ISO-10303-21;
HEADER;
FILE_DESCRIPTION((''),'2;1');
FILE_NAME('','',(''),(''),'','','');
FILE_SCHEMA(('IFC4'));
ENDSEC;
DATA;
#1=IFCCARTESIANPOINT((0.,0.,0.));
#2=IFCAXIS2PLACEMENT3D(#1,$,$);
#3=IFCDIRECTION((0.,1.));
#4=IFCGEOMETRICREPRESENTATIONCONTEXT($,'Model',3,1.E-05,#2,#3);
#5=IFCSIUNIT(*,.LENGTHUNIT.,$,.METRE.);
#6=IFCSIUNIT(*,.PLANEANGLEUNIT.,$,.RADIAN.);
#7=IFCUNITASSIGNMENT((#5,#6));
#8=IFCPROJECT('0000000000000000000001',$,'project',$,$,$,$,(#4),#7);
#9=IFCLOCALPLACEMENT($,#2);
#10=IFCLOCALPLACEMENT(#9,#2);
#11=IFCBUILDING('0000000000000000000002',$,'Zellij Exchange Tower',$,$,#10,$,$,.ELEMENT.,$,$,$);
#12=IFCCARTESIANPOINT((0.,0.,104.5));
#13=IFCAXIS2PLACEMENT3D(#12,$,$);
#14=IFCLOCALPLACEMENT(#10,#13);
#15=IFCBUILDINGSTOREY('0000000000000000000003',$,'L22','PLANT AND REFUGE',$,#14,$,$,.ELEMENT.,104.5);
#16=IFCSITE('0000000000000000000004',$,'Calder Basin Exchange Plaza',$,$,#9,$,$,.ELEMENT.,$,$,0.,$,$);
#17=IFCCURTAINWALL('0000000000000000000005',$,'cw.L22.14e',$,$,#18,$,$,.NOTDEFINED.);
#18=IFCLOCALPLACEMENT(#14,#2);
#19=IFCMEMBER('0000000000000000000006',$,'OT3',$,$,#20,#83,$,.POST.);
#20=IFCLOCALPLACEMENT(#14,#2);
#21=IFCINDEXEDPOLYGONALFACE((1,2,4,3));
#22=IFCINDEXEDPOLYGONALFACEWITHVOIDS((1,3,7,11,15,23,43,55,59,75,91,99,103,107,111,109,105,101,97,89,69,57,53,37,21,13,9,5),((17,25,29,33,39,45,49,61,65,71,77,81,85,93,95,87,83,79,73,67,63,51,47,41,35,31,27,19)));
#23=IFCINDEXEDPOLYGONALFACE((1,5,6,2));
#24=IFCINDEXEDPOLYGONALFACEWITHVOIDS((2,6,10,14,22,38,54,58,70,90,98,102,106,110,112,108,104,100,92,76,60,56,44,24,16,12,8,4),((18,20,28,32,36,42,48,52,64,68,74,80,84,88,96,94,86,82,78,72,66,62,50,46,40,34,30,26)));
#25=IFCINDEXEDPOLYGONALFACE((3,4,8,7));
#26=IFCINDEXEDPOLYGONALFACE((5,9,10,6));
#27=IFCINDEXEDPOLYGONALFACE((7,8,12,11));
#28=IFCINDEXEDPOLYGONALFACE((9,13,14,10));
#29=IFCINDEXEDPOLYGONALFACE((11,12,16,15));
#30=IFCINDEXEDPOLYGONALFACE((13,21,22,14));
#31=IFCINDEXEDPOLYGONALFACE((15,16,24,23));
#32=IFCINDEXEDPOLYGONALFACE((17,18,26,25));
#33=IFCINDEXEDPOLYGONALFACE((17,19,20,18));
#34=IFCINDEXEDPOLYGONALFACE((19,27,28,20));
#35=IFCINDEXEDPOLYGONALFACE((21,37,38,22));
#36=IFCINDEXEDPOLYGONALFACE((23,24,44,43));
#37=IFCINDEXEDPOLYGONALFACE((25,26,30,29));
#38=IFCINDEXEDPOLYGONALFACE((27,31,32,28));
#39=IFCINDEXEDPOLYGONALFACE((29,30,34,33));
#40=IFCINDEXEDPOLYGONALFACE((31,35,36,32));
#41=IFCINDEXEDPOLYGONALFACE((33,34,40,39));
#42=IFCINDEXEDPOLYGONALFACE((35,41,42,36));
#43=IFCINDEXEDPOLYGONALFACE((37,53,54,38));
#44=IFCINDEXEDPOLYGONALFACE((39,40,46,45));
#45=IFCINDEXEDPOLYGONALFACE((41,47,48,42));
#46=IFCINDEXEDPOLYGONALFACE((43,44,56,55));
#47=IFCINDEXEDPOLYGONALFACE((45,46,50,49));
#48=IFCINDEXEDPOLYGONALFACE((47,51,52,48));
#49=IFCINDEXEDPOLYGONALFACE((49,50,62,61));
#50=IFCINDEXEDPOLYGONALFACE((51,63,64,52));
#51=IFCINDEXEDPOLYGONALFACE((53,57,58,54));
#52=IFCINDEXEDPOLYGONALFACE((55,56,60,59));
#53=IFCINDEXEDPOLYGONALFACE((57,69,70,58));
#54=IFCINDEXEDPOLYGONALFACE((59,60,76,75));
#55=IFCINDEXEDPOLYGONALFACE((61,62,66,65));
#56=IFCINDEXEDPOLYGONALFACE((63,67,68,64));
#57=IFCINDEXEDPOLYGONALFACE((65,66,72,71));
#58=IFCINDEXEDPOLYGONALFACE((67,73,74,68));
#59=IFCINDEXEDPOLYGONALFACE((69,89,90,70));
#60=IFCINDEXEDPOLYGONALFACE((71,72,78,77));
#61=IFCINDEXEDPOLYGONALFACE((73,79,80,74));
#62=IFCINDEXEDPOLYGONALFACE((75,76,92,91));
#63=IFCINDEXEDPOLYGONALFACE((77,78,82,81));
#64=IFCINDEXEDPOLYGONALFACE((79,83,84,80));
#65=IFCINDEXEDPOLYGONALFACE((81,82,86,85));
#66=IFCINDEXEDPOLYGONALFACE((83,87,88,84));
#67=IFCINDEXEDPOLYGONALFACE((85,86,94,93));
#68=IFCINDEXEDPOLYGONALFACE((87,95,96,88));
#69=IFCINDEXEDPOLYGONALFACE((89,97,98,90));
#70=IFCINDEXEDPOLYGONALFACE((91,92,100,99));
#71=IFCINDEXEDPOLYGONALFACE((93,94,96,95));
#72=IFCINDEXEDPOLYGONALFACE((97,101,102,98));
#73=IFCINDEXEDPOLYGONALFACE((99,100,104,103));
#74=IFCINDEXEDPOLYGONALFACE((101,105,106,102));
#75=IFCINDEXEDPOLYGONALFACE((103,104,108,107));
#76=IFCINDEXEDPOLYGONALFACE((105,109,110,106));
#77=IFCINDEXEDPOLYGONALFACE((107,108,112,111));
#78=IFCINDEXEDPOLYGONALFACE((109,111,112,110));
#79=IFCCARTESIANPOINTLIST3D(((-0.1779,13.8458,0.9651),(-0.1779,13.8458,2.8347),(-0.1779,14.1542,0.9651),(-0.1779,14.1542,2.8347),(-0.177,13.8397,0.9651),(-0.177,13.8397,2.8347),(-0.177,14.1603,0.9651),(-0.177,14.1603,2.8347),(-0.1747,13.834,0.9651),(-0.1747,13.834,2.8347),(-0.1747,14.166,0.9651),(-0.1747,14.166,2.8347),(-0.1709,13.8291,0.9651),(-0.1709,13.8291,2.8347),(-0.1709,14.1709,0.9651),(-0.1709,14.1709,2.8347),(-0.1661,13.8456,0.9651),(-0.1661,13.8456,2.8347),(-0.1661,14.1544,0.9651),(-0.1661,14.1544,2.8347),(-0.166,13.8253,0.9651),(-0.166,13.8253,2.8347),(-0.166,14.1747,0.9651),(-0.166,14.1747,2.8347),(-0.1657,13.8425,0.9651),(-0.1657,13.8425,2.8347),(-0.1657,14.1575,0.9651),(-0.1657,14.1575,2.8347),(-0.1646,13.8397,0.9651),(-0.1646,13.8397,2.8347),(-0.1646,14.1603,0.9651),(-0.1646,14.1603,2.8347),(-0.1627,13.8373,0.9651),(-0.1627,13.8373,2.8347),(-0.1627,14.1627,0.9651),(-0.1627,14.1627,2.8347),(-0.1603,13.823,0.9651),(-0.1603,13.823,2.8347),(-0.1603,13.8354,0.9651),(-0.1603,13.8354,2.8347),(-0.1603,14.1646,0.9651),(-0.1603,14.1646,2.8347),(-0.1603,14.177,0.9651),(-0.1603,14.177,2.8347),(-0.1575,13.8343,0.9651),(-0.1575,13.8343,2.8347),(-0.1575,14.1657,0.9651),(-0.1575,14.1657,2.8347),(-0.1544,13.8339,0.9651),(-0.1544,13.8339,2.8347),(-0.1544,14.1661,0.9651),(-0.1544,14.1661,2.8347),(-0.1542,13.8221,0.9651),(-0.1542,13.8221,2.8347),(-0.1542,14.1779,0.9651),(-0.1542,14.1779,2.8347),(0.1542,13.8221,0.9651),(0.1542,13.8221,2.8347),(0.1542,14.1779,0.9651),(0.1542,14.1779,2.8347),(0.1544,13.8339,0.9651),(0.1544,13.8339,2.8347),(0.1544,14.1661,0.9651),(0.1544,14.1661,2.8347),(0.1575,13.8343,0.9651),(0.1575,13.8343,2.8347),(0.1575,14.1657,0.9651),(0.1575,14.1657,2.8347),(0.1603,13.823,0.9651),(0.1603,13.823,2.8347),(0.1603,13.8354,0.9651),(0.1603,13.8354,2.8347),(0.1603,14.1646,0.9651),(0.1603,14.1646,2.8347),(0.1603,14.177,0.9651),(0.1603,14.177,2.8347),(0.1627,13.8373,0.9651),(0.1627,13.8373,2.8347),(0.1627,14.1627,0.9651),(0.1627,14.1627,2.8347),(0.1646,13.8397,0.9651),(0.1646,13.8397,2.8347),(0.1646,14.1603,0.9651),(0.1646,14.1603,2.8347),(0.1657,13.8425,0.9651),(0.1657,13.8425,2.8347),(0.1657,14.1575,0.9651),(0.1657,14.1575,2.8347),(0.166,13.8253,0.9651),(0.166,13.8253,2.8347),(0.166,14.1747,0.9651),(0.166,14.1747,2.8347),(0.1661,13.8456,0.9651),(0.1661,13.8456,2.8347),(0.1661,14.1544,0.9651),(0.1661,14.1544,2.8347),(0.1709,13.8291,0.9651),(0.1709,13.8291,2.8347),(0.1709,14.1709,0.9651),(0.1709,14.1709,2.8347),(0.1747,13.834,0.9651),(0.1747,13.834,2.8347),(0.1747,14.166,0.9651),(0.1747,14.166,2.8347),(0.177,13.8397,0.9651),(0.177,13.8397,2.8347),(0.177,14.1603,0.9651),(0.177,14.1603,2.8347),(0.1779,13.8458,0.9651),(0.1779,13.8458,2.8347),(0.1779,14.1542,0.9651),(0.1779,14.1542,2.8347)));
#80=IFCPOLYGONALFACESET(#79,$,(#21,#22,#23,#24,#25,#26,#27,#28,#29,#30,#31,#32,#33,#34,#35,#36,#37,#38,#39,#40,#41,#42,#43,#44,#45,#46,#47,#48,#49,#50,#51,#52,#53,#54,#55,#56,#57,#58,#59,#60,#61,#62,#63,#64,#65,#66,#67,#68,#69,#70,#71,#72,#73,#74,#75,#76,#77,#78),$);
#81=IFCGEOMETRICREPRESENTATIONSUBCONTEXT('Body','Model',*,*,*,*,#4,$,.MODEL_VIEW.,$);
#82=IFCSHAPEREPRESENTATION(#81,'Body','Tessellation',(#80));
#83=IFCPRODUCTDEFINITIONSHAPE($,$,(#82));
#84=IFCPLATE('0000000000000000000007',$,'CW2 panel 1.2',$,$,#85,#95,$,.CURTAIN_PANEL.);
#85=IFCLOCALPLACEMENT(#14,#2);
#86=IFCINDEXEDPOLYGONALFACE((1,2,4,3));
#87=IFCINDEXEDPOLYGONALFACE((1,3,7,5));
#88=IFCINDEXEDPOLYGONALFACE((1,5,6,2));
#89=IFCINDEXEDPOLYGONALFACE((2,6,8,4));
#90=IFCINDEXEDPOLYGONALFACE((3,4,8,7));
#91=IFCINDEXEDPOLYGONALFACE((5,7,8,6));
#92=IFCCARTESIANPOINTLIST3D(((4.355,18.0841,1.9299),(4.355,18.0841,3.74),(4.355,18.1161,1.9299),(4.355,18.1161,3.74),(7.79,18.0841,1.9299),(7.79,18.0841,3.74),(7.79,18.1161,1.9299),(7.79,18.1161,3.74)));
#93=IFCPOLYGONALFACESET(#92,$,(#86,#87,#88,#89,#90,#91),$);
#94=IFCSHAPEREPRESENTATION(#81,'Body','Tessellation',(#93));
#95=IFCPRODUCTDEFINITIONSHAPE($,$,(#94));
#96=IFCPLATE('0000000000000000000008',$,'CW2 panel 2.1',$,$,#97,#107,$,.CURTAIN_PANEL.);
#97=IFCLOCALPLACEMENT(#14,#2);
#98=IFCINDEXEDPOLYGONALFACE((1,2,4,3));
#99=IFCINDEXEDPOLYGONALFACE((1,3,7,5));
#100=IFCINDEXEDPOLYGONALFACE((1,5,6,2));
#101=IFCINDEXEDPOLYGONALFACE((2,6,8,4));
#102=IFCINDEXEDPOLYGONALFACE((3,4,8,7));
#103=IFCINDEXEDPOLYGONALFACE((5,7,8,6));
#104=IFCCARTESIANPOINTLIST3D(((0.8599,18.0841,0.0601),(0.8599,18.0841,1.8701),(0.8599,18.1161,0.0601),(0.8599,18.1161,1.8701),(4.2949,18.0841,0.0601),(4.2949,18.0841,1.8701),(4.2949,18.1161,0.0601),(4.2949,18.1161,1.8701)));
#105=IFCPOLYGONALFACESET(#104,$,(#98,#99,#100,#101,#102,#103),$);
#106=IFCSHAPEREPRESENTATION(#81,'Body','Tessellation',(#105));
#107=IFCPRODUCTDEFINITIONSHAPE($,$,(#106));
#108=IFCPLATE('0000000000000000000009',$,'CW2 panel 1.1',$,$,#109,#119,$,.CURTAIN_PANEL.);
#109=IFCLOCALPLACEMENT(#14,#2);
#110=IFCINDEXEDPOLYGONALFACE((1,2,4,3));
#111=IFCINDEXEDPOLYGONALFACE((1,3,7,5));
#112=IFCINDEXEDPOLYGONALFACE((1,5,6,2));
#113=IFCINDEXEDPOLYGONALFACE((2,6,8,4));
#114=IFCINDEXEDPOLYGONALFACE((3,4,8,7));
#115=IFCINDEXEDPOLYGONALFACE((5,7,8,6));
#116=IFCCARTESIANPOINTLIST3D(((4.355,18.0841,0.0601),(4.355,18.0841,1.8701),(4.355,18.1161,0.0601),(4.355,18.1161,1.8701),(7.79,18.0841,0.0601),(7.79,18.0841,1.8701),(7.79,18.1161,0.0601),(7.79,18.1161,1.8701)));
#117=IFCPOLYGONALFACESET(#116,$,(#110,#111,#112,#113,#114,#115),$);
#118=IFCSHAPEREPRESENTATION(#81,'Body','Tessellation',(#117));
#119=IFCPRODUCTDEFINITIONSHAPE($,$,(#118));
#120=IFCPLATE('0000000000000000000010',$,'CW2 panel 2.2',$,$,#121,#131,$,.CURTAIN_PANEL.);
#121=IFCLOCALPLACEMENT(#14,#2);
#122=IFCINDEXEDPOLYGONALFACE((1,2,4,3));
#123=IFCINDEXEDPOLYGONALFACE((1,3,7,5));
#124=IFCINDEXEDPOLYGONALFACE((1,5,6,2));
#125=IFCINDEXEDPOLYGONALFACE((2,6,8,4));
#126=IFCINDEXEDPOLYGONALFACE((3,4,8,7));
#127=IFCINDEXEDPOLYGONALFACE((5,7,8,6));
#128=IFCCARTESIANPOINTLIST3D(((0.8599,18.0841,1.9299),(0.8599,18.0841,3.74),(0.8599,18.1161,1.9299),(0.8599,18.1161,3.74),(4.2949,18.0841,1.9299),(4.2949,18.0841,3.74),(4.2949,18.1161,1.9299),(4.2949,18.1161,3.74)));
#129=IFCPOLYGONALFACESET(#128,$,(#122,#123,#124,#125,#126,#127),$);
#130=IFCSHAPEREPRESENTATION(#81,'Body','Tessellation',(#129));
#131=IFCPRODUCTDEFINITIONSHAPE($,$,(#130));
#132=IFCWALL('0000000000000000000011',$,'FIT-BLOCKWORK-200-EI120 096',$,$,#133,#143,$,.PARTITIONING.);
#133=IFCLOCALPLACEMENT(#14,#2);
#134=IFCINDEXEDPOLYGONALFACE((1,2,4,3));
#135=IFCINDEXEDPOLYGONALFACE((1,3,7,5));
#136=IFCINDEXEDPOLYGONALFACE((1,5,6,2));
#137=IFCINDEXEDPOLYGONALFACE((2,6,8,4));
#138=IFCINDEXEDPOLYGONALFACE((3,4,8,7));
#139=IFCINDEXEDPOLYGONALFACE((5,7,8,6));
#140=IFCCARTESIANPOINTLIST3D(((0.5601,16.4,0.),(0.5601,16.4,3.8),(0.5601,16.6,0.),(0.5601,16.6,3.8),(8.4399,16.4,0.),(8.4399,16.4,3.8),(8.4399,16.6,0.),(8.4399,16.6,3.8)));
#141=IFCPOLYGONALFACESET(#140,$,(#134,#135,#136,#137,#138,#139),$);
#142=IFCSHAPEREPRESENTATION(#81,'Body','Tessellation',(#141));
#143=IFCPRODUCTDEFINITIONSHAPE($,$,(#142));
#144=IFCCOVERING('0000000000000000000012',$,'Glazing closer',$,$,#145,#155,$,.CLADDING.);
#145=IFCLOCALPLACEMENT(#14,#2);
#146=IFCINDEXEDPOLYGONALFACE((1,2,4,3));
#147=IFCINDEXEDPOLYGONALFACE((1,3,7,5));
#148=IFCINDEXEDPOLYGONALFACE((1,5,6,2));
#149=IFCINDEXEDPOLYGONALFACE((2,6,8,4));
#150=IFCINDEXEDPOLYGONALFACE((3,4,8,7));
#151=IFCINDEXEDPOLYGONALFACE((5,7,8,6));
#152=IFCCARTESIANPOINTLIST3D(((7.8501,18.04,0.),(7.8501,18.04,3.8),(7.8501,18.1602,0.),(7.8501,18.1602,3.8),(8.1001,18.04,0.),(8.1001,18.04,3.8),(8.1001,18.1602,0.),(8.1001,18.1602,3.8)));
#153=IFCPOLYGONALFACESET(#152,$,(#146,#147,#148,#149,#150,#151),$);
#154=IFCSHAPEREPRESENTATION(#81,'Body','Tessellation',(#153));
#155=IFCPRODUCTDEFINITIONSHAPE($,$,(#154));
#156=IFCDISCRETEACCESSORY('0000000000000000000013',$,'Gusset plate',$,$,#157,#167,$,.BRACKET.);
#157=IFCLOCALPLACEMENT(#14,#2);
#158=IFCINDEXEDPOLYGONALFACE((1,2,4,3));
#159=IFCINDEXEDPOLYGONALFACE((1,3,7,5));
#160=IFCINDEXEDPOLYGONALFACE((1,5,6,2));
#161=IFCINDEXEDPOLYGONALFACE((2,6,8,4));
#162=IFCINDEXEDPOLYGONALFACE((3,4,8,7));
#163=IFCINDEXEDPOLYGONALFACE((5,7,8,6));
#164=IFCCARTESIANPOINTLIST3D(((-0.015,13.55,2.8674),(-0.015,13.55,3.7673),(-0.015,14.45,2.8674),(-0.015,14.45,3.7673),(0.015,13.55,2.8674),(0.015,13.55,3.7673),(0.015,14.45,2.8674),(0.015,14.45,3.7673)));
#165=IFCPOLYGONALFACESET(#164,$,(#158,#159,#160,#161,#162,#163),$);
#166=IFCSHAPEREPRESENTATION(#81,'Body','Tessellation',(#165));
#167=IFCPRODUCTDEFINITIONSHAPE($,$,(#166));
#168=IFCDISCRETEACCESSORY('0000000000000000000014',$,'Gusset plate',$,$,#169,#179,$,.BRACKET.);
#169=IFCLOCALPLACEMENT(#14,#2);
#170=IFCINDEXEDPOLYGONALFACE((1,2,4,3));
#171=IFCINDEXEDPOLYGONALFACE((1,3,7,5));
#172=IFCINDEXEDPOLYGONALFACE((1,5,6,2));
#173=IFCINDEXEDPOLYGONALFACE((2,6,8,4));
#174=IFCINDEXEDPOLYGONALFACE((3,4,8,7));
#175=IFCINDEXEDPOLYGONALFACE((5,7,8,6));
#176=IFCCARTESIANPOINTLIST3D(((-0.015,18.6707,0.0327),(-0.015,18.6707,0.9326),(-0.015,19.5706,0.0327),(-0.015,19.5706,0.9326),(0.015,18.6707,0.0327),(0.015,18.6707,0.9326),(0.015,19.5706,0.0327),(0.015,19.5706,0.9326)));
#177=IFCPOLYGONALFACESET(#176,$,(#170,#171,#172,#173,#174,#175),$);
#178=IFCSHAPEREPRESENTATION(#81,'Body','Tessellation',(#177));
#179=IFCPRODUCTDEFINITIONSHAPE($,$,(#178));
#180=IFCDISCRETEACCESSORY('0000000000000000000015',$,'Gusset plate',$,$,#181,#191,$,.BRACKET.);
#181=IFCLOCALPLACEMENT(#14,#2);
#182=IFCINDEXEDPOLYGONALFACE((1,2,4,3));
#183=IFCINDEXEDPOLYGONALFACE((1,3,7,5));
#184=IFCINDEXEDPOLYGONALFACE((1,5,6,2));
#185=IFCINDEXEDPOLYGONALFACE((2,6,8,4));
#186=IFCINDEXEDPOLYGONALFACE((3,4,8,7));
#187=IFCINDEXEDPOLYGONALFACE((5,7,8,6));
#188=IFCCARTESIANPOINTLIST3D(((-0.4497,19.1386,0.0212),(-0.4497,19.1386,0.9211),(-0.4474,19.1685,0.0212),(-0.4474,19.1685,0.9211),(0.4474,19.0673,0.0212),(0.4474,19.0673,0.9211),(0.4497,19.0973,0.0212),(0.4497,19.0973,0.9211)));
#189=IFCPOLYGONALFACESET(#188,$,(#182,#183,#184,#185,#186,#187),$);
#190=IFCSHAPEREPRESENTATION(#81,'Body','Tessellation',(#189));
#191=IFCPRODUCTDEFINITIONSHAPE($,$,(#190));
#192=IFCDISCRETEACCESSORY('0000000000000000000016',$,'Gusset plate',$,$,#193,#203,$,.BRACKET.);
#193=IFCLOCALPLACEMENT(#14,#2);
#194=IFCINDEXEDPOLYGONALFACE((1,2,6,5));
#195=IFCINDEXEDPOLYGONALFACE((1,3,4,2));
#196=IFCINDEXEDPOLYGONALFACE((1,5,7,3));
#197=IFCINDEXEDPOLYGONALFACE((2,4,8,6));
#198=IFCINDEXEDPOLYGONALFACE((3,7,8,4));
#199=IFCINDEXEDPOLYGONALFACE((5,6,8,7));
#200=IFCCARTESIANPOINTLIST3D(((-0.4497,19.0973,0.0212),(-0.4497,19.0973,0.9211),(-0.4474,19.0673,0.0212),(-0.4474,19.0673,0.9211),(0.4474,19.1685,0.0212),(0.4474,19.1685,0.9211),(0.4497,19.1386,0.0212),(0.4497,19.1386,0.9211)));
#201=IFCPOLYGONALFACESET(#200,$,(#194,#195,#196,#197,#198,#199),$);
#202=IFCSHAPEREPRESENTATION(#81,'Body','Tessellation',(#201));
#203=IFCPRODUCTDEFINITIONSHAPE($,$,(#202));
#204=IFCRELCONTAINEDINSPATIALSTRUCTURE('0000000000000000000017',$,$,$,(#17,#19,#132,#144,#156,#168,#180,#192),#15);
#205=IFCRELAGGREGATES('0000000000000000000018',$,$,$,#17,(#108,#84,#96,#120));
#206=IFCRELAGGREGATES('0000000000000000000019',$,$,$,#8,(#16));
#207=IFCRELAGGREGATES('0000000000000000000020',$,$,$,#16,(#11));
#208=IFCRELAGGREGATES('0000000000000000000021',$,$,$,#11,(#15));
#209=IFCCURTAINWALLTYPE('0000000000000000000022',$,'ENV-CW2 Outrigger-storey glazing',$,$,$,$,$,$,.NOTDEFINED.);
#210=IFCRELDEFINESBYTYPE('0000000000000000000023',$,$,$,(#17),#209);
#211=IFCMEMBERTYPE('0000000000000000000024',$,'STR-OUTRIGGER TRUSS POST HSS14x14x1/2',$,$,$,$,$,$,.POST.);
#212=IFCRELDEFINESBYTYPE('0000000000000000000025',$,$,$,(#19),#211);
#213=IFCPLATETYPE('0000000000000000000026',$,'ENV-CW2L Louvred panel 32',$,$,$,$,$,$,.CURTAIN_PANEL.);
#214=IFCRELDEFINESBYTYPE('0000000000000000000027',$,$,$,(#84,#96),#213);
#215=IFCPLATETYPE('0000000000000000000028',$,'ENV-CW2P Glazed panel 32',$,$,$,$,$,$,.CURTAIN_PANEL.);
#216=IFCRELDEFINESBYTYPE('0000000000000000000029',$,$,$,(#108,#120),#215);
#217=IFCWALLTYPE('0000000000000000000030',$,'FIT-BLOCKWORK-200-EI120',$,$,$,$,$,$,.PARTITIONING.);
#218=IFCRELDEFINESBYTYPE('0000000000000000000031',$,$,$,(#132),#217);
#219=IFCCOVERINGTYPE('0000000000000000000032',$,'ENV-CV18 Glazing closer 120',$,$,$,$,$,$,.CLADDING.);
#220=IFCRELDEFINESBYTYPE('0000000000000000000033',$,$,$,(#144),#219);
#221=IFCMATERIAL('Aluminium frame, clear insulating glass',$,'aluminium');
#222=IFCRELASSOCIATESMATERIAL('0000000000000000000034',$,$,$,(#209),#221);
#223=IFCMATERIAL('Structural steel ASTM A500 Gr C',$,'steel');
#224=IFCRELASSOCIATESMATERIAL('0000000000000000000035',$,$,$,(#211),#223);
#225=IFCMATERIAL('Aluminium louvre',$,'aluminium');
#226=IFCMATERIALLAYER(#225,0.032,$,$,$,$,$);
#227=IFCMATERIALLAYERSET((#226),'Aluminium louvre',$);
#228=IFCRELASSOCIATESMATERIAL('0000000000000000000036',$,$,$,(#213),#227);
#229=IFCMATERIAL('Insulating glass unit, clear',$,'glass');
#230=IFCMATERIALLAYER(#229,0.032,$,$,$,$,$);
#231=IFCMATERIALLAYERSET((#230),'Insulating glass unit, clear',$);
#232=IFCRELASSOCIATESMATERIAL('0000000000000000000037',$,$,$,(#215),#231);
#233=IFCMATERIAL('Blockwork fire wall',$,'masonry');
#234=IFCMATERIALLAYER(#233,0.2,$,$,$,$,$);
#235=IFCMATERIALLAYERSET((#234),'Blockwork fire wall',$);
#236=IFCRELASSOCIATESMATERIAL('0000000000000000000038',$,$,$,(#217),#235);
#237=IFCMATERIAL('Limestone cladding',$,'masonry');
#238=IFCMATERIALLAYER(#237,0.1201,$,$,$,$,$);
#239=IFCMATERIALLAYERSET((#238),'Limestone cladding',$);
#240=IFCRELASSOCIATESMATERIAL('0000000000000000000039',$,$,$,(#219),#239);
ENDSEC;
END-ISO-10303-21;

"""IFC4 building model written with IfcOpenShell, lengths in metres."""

from ifc_helpers import new_model, si_unit, direction, frame, frame_2d, origin, origin_2d, place, context, subcontext, project, spatial, rectangle, hollow_rectangle, extrude, material, layer, layer_set, material_profile, profile_set, type_object, element, aggregate, save


model = new_model("IFC4")

# Units and contexts
model_context = context("Model", 3, precision=1e-05, world=origin(), true_north=direction((0.0, 1.0)))
body_context = subcontext(model_context, "Body", "Model", "MODEL_VIEW")
ifc_project = project(units=[si_unit("LENGTHUNIT", "METRE"), si_unit("PLANEANGLEUNIT", "RADIAN")], contexts=[model_context])

# Site, building, storey
site_placement = place(None, origin())
site = spatial("IfcSite", under=ifc_project, at=site_placement, Name="Calder Basin Exchange Plaza", CompositionType="ELEMENT", RefElevation=0.0)
building_placement = place(site_placement, origin())
building = spatial("IfcBuilding", under=site, at=building_placement, Name="Zellij Exchange Tower", CompositionType="ELEMENT")
storey_placement = place(building_placement, frame((0.0, 0.0, 104.5)))
storey = spatial("IfcBuildingStorey", under=building, at=storey_placement, Name="L22", Description="PLANT AND REFUGE", CompositionType="ELEMENT", Elevation=104.5)

# Curtain wall
ifc_material_1 = material(Name="Aluminium frame, clear insulating glass", Category="aluminium")
curtain_wall_type = type_object("IfcCurtainWallType", Name="ENV-CW2 Outrigger-storey glazing", PredefinedType="NOTDEFINED", material=ifc_material_1)
curtain_wall_placement = place(storey_placement, origin())
curtain_wall = element("IfcCurtainWall", 1, at=curtain_wall_placement, inside=storey, type_object=curtain_wall_type, Name="cw.L22.14e", PredefinedType="NOTDEFINED")

# Member
ifc_material_2 = material(Name="Structural steel ASTM A500 Gr C", Category="steel")
ifc_material_profile_1 = material_profile(ifc_material_2, hollow_rectangle(XDim=0.3557, YDim=0.3557, WallThickness=0.0117, InnerFilletRadius=0.0117, OuterFilletRadius=0.0237, at=origin_2d()), Name="STR-OUTRIGGER TRUSS POST HSS14x14x1/2")
ifc_profile_set_1 = profile_set([ifc_material_profile_1], Name="Structural steel ASTM A500 Gr C")
member_type_1 = type_object("IfcMemberType", Name="STR-OUTRIGGER TRUSS POST HSS14x14x1/2", PredefinedType="POST", material=ifc_profile_set_1)
member_1_placement = place(storey_placement, frame((0.0, 14.0, 0.9651), z_axis=(0.0, 0.0, 1.0), x_axis=(1.0, 0.0, 0.0)))
element("IfcMember", 2, at=member_1_placement, inside=storey, type_object=member_type_1, Name="OT3", PredefinedType="POST", context=body_context, shape_type="SweptSolid", body=[
    extrude(hollow_rectangle(XDim=0.3557, YDim=0.3557, WallThickness=0.0117, InnerFilletRadius=0.0117, OuterFilletRadius=0.0237, at=origin_2d()), origin(), (0.0, 0.0, 1.0), 1.8696),
])

# Plates
ifc_material_3 = material(Name="Aluminium louvre", Category="aluminium")
ifc_layer_1 = layer(ifc_material_3, 0.032)
ifc_layer_set_1 = layer_set([ifc_layer_1], Name="Aluminium louvre")
plate_type_1 = type_object("IfcPlateType", Name="ENV-CW2L Louvred panel 32", PredefinedType="CURTAIN_PANEL", material=ifc_layer_set_1)
plate_1_placement = place(storey_placement, frame((6.0725, 18.1001, 1.9299), z_axis=(0.0, 0.0, 1.0), x_axis=(-1.0, 0.0, 0.0)))
plate_1 = element("IfcPlate", 3, at=plate_1_placement, type_object=plate_type_1, Name="CW2 panel 1.2", PredefinedType="CURTAIN_PANEL", context=body_context, shape_type="SweptSolid", body=[
    extrude(rectangle(XDim=3.4351, YDim=0.032, at=origin_2d()), origin(), (0.0, 0.0, 1.0), 1.8101),
])
plate_2_placement = place(storey_placement, frame((2.5774, 18.1001, 0.0601), z_axis=(0.0, 0.0, 1.0), x_axis=(-1.0, 0.0, 0.0)))
plate_2 = element("IfcPlate", 4, at=plate_2_placement, type_object=plate_type_1, Name="CW2 panel 2.1", PredefinedType="CURTAIN_PANEL", context=body_context, shape_type="SweptSolid", body=[
    extrude(rectangle(XDim=3.4351, YDim=0.032, at=origin_2d()), origin(), (0.0, 0.0, 1.0), 1.8101),
])
ifc_material_4 = material(Name="Insulating glass unit, clear", Category="glass")
ifc_layer_2 = layer(ifc_material_4, 0.032)
ifc_layer_set_2 = layer_set([ifc_layer_2], Name="Insulating glass unit, clear")
plate_type_2 = type_object("IfcPlateType", Name="ENV-CW2P Glazed panel 32", PredefinedType="CURTAIN_PANEL", material=ifc_layer_set_2)
plate_3_placement = place(storey_placement, frame((6.0725, 18.1001, 0.0601), z_axis=(0.0, 0.0, 1.0), x_axis=(-1.0, 0.0, 0.0)))
plate_3 = element("IfcPlate", 5, at=plate_3_placement, type_object=plate_type_2, Name="CW2 panel 1.1", PredefinedType="CURTAIN_PANEL", context=body_context, shape_type="SweptSolid", body=[
    extrude(rectangle(XDim=3.4351, YDim=0.032, at=origin_2d()), origin(), (0.0, 0.0, 1.0), 1.8101),
])
plate_4_placement = place(storey_placement, frame((2.5774, 18.1001, 1.9299), z_axis=(0.0, 0.0, 1.0), x_axis=(-1.0, 0.0, 0.0)))
plate_4 = element("IfcPlate", 6, at=plate_4_placement, type_object=plate_type_2, Name="CW2 panel 2.2", PredefinedType="CURTAIN_PANEL", context=body_context, shape_type="SweptSolid", body=[
    extrude(rectangle(XDim=3.4351, YDim=0.032, at=origin_2d()), origin(), (0.0, 0.0, 1.0), 1.8101),
])
aggregate(curtain_wall, [plate_3, plate_1, plate_2, plate_4])

# Wall
ifc_material_5 = material(Name="Blockwork fire wall", Category="masonry")
ifc_layer_3 = layer(ifc_material_5, 0.2)
ifc_layer_set_3 = layer_set([ifc_layer_3], Name="Blockwork fire wall")
wall_type = type_object("IfcWallType", Name="FIT-BLOCKWORK-200-EI120", PredefinedType="PARTITIONING", material=ifc_layer_set_3)
wall_placement = place(storey_placement, frame((0.5601, 16.5, 0.0), z_axis=(0.0, 0.0, 1.0), x_axis=(1.0, 0.0, 0.0)))
element("IfcWall", 7, at=wall_placement, inside=storey, type_object=wall_type, Name="FIT-BLOCKWORK-200-EI120 096", PredefinedType="PARTITIONING", context=body_context, shape_type="SweptSolid", body=[
    extrude(rectangle(XDim=7.8799, YDim=0.2, at=frame_2d((3.9399, 0.0))), origin(), (0.0, 0.0, 1.0), 3.8),
])

# Covering
ifc_material_6 = material(Name="Limestone cladding", Category="masonry")
ifc_layer_4 = layer(ifc_material_6, 0.1201)
ifc_layer_set_4 = layer_set([ifc_layer_4], Name="Limestone cladding")
covering_type = type_object("IfcCoveringType", Name="ENV-CV18 Glazing closer 120", PredefinedType="CLADDING", material=ifc_layer_set_4)
covering_placement = place(storey_placement, frame((7.9751, 18.1001, 0.0), z_axis=(0.0, 0.0, 1.0), x_axis=(1.0, 0.0, 0.0)))
element("IfcCovering", 8, at=covering_placement, inside=storey, type_object=covering_type, Name="Glazing closer", PredefinedType="CLADDING", context=body_context, shape_type="SweptSolid", body=[
    extrude(rectangle(XDim=0.25, YDim=0.1201, at=origin_2d()), origin(), (0.0, 0.0, 1.0), 3.8),
])

# Discrete accessories
for number, where, z_axis, x_axis, name in (
    (9, (0.0, 14.0, 2.8674), (0.0, 0.0, 1.0), (0.0, 1.0, 0.0), "Gusset plate"),
    (10, (0.0, 19.1206, 0.0327), (0.0, 0.0, 1.0), (0.0, 1.0, 0.0), "Gusset plate"),
    (11, (0.0, 19.1179, 0.0212), (0.0, 0.0, 1.0), (0.996864, -0.079129, 0.0), "Gusset plate"),
    (12, (0.0, 19.1179, 0.0212), (0.0, 0.0, 1.0), (0.996864, 0.079129, 0.0), "Gusset plate"),
):
    element("IfcDiscreteAccessory", number, at=place(storey_placement, frame(where, z_axis=z_axis, x_axis=x_axis)), inside=storey, Name=name, PredefinedType="BRACKET", context=body_context, shape_type="SweptSolid", body=[
        extrude(rectangle(XDim=0.8999, YDim=0.03, at=origin_2d()), origin(), (0.0, 0.0, 1.0), 0.8999),
    ])

save(model, "model.ifc")
